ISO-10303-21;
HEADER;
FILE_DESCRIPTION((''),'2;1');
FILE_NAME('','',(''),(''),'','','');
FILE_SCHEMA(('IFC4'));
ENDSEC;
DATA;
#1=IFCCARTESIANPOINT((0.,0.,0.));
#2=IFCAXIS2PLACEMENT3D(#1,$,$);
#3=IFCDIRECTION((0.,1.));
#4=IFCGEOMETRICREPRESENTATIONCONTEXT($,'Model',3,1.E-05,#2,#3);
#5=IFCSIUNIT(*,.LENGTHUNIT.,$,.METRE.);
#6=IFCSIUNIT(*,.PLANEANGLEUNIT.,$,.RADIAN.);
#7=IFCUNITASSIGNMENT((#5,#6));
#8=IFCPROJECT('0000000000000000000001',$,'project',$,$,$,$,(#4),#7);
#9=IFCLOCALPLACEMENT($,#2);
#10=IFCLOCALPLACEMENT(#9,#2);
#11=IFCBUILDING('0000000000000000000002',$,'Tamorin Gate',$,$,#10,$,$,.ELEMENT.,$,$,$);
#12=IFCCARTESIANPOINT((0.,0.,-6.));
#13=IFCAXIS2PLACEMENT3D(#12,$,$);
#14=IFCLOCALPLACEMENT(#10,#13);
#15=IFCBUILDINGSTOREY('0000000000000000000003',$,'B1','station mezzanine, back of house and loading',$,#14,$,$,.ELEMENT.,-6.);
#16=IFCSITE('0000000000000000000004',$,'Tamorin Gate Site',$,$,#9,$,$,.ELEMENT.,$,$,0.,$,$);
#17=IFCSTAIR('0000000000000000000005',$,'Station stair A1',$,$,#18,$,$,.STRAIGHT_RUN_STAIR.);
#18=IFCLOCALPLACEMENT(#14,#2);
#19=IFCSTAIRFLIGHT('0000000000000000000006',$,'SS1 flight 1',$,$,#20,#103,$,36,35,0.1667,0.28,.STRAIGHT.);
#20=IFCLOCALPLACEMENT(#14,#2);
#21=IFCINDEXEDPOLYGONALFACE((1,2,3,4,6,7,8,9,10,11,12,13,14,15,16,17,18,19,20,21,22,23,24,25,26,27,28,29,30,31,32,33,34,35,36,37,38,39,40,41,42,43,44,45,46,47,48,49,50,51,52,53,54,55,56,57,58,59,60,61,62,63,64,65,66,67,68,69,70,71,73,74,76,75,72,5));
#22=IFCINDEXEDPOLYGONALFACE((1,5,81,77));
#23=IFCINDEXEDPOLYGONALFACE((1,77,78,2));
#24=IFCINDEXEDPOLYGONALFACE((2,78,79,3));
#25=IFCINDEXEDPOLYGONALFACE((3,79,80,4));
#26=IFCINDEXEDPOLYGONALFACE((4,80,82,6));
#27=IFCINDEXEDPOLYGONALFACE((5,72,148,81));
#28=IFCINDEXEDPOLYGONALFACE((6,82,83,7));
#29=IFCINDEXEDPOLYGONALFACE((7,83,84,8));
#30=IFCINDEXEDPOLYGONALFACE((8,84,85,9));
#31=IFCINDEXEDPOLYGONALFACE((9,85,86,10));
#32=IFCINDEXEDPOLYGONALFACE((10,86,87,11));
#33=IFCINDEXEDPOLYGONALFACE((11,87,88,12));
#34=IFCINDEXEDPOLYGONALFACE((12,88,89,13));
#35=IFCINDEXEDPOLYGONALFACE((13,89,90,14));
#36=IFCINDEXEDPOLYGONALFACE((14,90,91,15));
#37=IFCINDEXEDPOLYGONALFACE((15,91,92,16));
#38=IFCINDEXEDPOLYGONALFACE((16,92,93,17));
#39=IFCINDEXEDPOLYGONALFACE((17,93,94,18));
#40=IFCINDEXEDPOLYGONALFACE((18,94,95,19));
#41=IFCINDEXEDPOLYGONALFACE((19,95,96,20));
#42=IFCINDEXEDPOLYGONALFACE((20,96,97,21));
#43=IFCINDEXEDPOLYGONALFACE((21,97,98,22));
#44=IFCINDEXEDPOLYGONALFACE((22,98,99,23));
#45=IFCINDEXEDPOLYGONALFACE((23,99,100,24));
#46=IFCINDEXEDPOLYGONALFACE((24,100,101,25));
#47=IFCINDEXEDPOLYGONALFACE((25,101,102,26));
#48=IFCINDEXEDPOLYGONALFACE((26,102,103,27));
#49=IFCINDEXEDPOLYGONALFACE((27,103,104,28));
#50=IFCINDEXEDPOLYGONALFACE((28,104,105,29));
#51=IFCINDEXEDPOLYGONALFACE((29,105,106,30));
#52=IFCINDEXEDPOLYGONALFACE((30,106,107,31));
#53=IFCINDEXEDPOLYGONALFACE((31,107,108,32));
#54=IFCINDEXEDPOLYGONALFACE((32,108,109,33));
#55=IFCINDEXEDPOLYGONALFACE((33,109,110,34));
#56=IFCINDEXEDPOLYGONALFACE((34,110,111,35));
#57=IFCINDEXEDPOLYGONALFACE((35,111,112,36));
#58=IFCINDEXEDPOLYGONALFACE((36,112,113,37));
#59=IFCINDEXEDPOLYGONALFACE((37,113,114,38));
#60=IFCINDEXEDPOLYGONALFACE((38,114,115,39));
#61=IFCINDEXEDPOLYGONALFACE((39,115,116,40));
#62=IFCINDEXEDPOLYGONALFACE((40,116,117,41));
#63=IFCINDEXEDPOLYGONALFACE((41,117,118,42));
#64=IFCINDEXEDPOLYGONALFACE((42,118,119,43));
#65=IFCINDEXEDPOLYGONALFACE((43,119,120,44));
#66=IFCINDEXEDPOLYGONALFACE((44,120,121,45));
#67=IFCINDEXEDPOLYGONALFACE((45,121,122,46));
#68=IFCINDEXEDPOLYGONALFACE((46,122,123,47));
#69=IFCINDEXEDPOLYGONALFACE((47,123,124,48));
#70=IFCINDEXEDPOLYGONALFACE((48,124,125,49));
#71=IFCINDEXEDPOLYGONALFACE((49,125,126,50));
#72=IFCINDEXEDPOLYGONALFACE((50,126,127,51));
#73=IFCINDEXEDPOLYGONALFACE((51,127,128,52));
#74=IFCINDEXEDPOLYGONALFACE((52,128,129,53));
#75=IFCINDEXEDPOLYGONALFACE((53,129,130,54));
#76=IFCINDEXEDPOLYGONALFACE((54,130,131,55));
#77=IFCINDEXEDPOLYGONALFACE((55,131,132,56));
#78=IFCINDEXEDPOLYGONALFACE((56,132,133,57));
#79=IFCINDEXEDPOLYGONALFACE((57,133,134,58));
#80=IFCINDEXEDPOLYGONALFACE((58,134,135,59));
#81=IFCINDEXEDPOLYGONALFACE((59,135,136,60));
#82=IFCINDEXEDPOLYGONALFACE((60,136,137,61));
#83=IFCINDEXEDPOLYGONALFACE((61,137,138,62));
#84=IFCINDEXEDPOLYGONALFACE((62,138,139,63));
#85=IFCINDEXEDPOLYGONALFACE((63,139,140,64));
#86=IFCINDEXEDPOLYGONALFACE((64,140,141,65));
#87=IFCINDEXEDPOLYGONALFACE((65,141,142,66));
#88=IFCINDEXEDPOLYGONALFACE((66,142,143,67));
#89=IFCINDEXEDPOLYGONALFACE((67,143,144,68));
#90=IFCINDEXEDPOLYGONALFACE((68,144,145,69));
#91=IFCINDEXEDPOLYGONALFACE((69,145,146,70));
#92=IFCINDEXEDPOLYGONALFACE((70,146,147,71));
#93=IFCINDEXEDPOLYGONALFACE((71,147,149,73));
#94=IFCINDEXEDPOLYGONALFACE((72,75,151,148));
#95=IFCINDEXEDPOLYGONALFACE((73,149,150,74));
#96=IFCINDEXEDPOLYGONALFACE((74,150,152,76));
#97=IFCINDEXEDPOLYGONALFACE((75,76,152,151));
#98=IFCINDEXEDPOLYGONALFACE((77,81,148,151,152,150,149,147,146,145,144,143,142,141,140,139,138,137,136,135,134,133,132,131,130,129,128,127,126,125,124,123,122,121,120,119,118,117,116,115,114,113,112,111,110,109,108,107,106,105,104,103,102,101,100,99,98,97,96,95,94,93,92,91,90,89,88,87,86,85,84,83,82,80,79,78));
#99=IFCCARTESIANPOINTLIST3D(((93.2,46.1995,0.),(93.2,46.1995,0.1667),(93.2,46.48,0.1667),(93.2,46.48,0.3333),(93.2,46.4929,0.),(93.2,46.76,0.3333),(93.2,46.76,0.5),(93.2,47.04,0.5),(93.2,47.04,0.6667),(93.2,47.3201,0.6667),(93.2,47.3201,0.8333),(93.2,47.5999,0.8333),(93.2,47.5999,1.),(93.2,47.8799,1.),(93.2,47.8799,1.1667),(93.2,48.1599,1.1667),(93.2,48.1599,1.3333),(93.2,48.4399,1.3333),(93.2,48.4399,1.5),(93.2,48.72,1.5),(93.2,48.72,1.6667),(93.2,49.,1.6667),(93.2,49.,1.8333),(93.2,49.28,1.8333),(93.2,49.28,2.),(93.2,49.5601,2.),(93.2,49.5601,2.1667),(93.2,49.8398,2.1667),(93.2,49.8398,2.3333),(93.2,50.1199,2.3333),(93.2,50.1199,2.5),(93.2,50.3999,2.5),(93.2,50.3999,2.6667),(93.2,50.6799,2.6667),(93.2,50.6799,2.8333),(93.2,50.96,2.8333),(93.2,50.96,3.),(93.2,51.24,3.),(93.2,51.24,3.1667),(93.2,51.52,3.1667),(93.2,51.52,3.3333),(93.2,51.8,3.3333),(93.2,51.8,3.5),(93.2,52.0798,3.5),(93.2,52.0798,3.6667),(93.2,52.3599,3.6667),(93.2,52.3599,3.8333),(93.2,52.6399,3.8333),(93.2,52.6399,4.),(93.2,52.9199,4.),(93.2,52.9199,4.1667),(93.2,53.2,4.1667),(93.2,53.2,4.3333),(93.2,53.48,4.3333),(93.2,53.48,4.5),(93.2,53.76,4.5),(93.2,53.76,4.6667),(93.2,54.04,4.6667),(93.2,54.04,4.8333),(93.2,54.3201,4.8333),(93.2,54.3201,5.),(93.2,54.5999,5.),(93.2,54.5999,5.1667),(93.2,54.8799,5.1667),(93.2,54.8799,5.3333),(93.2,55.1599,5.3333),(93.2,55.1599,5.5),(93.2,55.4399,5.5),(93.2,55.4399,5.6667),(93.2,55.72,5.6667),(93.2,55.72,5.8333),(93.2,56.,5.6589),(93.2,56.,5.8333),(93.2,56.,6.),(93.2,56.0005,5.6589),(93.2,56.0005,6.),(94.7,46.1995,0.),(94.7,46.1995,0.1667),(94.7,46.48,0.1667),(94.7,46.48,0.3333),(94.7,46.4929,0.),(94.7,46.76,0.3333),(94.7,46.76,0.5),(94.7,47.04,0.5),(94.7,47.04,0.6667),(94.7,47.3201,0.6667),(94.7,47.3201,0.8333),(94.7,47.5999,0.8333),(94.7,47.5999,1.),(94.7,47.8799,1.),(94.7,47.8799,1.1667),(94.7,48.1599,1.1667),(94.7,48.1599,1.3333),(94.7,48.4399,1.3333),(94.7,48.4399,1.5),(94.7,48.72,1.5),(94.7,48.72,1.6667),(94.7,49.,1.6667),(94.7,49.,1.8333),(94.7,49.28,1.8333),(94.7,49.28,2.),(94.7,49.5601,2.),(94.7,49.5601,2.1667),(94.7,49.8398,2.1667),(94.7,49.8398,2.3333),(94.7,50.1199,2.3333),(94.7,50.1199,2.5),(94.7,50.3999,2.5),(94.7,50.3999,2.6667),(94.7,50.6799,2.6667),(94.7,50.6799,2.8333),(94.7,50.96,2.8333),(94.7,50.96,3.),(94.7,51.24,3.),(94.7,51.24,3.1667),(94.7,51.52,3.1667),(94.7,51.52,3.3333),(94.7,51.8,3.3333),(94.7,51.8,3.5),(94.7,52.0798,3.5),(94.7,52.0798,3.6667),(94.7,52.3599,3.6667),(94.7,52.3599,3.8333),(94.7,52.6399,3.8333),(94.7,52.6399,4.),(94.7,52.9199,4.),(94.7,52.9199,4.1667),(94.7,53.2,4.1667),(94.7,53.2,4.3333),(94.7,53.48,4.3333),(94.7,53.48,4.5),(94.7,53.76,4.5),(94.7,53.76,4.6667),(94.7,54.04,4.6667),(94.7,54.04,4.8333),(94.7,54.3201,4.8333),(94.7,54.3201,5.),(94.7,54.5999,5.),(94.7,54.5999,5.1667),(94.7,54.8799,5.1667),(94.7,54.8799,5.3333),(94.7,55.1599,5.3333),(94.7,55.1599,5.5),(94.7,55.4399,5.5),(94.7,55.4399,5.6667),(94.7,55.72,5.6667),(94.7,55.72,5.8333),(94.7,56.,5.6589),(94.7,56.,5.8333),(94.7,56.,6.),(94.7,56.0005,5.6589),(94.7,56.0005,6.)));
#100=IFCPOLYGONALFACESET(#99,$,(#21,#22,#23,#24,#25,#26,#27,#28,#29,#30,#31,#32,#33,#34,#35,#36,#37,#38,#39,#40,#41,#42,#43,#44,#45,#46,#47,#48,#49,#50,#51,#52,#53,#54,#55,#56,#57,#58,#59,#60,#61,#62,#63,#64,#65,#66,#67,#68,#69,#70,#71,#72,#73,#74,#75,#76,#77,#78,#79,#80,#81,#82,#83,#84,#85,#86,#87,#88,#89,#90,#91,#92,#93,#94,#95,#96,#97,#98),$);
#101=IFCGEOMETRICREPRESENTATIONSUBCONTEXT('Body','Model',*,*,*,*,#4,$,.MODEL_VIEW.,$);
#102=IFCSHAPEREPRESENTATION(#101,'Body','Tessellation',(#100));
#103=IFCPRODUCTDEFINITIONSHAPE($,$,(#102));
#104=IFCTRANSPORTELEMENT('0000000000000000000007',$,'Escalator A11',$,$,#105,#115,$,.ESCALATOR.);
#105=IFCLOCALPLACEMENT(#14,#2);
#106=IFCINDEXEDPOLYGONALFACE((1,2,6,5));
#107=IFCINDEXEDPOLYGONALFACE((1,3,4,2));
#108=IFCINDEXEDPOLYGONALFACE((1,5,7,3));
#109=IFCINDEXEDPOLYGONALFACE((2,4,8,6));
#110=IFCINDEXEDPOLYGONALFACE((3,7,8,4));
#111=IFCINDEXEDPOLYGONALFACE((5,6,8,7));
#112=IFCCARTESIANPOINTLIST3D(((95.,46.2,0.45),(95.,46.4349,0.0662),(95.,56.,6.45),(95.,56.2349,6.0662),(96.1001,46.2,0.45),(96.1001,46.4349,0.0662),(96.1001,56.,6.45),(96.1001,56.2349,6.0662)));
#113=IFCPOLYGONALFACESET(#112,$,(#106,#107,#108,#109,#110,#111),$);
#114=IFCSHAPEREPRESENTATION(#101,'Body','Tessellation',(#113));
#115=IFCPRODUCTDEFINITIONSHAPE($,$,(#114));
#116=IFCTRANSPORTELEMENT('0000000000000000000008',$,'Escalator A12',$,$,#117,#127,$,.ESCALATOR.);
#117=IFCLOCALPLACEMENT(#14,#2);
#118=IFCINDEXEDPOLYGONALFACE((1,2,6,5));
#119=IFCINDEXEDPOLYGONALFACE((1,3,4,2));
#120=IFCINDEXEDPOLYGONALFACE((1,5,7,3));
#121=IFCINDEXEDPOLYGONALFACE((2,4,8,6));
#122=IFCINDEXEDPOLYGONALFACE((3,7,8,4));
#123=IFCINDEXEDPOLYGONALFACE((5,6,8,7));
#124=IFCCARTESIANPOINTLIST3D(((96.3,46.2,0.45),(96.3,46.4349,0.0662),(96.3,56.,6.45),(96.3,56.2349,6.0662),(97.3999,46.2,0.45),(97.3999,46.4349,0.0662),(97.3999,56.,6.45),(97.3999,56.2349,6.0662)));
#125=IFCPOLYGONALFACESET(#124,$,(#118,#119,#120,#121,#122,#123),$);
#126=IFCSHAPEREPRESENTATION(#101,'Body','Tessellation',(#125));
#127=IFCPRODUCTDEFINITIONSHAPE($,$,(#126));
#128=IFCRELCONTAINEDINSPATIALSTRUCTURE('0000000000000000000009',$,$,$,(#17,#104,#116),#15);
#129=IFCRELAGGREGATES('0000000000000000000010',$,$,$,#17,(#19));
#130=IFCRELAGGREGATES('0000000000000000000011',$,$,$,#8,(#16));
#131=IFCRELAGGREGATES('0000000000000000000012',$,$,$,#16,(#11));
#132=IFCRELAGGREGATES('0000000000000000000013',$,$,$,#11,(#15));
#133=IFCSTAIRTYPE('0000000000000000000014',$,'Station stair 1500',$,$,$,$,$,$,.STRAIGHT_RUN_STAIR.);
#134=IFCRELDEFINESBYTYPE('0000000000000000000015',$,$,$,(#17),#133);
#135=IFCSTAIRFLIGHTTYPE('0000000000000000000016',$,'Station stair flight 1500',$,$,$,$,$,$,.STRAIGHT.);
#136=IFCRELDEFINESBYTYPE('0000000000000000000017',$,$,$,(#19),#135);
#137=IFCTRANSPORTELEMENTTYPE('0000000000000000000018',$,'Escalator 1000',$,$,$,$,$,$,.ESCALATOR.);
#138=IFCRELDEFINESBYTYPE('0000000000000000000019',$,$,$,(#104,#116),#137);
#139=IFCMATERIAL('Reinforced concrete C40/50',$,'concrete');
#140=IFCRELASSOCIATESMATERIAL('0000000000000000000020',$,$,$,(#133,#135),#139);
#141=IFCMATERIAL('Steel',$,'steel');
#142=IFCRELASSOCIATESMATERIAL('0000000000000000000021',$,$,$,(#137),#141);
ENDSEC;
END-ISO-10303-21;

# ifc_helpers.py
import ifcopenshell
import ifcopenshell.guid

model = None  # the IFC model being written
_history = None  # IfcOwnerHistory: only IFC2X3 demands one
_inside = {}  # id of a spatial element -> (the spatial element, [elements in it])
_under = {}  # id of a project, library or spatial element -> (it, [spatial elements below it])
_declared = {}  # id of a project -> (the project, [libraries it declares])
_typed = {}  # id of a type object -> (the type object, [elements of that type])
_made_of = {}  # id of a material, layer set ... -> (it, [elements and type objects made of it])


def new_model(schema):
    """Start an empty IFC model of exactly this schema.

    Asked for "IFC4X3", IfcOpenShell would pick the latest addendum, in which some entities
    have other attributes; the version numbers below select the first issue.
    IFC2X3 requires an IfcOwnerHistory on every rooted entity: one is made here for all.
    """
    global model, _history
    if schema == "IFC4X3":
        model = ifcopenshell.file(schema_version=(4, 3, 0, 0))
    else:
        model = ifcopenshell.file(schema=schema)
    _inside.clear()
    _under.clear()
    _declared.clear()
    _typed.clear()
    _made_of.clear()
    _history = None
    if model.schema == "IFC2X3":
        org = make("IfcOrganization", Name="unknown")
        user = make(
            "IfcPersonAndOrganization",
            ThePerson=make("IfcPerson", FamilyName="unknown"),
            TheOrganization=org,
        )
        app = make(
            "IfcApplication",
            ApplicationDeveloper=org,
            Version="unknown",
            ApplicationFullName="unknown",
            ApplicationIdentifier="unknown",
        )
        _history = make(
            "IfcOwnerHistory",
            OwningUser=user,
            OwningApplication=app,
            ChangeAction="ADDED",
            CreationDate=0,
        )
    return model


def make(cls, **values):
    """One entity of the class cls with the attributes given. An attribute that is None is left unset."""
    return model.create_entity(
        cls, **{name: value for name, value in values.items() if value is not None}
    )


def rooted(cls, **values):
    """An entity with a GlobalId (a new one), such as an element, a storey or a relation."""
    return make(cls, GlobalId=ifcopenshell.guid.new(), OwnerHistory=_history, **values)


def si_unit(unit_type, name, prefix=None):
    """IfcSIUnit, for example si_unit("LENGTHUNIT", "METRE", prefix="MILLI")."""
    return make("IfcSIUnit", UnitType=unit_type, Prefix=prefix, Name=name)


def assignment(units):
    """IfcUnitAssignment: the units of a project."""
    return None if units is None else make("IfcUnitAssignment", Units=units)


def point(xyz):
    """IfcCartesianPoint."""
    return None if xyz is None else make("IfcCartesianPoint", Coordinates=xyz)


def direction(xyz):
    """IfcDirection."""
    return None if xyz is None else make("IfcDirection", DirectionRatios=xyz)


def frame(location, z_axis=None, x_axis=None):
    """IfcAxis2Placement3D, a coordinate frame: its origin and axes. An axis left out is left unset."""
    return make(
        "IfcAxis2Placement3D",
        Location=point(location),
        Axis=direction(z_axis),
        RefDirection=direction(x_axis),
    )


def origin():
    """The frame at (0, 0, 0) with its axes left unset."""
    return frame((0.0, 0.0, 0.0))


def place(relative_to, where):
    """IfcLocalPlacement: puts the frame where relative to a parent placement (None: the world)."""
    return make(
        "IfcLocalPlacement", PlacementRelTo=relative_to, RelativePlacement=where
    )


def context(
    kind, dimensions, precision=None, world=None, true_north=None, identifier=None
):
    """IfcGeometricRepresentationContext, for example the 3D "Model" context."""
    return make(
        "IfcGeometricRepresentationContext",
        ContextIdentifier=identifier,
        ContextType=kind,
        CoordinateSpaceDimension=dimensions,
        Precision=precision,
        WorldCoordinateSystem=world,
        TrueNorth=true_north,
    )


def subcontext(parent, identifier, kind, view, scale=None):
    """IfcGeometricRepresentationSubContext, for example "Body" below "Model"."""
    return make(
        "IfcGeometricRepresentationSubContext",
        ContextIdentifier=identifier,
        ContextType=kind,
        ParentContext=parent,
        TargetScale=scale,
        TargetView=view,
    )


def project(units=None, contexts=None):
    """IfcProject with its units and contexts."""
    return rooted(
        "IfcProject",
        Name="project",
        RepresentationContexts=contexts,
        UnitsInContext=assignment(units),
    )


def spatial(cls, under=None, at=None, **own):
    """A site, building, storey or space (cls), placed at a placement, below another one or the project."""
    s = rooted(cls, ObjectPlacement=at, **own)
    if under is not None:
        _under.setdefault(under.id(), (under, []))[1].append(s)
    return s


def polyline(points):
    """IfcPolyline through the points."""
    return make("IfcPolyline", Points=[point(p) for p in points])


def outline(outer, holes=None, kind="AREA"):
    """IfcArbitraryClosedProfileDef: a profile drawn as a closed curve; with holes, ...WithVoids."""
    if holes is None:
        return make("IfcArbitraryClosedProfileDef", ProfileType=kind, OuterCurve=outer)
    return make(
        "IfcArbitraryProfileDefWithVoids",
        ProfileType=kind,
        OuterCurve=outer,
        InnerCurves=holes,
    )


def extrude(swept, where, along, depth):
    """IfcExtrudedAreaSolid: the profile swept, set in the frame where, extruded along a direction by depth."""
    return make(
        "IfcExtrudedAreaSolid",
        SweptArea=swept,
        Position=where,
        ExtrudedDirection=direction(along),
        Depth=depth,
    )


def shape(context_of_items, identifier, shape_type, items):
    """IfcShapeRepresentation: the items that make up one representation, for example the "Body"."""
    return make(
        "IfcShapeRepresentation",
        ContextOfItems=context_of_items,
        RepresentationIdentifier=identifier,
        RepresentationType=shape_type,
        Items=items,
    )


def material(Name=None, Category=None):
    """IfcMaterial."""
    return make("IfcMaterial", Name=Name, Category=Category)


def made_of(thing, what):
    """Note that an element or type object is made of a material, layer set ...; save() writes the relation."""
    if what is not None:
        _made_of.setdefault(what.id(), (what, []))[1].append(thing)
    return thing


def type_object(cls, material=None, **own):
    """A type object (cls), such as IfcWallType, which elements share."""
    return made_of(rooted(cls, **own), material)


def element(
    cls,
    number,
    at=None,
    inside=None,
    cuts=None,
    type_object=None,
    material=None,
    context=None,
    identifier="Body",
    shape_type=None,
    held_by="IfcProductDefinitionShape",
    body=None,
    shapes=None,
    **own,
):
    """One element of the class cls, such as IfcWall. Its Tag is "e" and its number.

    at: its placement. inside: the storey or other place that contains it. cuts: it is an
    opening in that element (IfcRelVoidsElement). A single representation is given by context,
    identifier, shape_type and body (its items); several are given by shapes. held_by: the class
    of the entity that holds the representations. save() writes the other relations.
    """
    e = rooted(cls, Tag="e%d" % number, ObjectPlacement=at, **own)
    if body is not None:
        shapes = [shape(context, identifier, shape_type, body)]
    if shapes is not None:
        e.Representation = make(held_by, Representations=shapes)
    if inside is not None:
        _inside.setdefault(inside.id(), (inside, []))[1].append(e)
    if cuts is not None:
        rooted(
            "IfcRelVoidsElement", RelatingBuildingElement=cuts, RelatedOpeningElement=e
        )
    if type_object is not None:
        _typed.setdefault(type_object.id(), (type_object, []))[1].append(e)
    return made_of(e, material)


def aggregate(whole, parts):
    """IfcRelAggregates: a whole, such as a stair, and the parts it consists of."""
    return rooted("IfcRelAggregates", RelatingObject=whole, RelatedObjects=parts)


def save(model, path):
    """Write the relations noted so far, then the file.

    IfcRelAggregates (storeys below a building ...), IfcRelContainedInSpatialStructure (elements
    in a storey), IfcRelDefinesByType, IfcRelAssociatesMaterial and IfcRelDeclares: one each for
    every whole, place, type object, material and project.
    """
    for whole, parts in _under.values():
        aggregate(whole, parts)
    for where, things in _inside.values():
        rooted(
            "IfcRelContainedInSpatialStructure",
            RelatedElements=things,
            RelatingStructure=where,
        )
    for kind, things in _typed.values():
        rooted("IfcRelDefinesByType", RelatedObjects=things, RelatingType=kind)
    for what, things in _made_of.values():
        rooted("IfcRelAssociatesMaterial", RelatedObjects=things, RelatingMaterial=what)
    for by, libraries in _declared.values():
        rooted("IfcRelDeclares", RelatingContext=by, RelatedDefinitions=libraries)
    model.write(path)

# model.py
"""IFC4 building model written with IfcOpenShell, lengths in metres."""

from ifc_helpers import new_model, si_unit, direction, frame, origin, place, context, subcontext, project, spatial, polyline, outline, extrude, material, type_object, element, aggregate, save


model = new_model("IFC4")

# Units and contexts
model_context = context("Model", 3, precision=1e-05, world=origin(), true_north=direction((0.0, 1.0)))
body_context = subcontext(model_context, "Body", "Model", "MODEL_VIEW")
ifc_project = project(units=[si_unit("LENGTHUNIT", "METRE"), si_unit("PLANEANGLEUNIT", "RADIAN")], contexts=[model_context])

# Site, building, storey
site_placement = place(None, origin())
site = spatial("IfcSite", under=ifc_project, at=site_placement, Name="Tamorin Gate Site", CompositionType="ELEMENT", RefElevation=0.0)
building_placement = place(site_placement, origin())
building = spatial("IfcBuilding", under=site, at=building_placement, Name="Tamorin Gate", CompositionType="ELEMENT")
storey_placement = place(building_placement, frame((0.0, 0.0, -6.0)))
storey = spatial("IfcBuildingStorey", under=building, at=storey_placement, Name="B1", Description="station mezzanine, back of house and loading", CompositionType="ELEMENT", Elevation=-6.0)

# Stair, stair flight
ifc_material_1 = material(Name="Reinforced concrete C40/50", Category="concrete")
stair_type = type_object("IfcStairType", Name="Station stair 1500", PredefinedType="STRAIGHT_RUN_STAIR", material=ifc_material_1)
stair_placement = place(storey_placement, origin())
stair = element("IfcStair", 1, at=stair_placement, inside=storey, type_object=stair_type, Name="Station stair A1", PredefinedType="STRAIGHT_RUN_STAIR")
stair_flight_type = type_object("IfcStairFlightType", Name="Station stair flight 1500", PredefinedType="STRAIGHT", material=ifc_material_1)
stair_flight_placement = place(storey_placement, frame((93.95, 46.2, 0.0), z_axis=(0.0, 0.0, 1.0), x_axis=(0.0, 1.0, 0.0)))
stair_flight = element("IfcStairFlight", 2, at=stair_flight_placement, type_object=stair_flight_type, Name="SS1 flight 1", NumberOfRisers=36, NumberOfTreads=35, PredefinedType="STRAIGHT", RiserHeight=0.1667, TreadLength=0.28, context=body_context, shape_type="SweptSolid", body=[
    extrude(outline(polyline([(-0.0005, 0.0), (-0.0005, 0.1667), (0.28, 0.1667), (0.28, 0.3333), (0.5601, 0.3333), (0.5601, 0.5), (0.8401, 0.5), (0.8401, 0.6667), (1.1201, 0.6667), (1.1201, 0.8333), (1.3999, 0.8333), (1.3999, 1.0), (1.6799, 1.0), (1.6799, 1.1667), (1.96, 1.1667), (1.96, 1.3333), (2.24, 1.3333), (2.24, 1.5), (2.52, 1.5), (2.52, 1.6667), (2.8, 1.6667), (2.8, 1.8333), (3.0801, 1.8333), (3.0801, 2.0), (3.3601, 2.0), (3.3601, 2.1667), (3.6399, 2.1667), (3.6399, 2.3333), (3.9199, 2.3333), (3.9199, 2.5), (4.2, 2.5), (4.2, 2.6667), (4.48, 2.6667), (4.48, 2.8333), (4.76, 2.8333), (4.76, 3.0), (5.04, 3.0), (5.04, 3.1667), (5.3201, 3.1667), (5.3201, 3.3333), (5.6001, 3.3333), (5.6001, 3.5), (5.8799, 3.5), (5.8799, 3.6667), (6.1599, 3.6667), (6.1599, 3.8333), (6.4399, 3.8333), (6.4399, 4.0), (6.72, 4.0), (6.72, 4.1667), (7.0, 4.1667), (7.0, 4.3333), (7.28, 4.3333), (7.28, 4.5), (7.5601, 4.5), (7.5601, 4.6667), (7.8401, 4.6667), (7.8401, 4.8333), (8.1201, 4.8333), (8.1201, 5.0), (8.3999, 5.0), (8.3999, 5.1667), (8.6799, 5.1667), (8.6799, 5.3333), (8.96, 5.3333), (8.96, 5.5), (9.24, 5.5), (9.24, 5.6667), (9.52, 5.6667), (9.52, 5.8333), (9.8, 5.8333), (9.8, 6.0), (9.8005, 6.0), (9.8005, 5.6589), (9.8, 5.6589), (0.293, 0.0), (-0.0005, 0.0)])), frame((0.0, 0.75, 0.0), z_axis=(0.0, -1.0, 0.0), x_axis=(1.0, 0.0, 0.0)), (0.0, 0.0, 1.0), 1.5),
])
aggregate(stair, [stair_flight])

# Shared definitions
ifc_material_2 = material(Name="Steel", Category="steel")

# Transport elements
transport_element_type = type_object("IfcTransportElementType", Name="Escalator 1000", PredefinedType="ESCALATOR", material=ifc_material_2)
transport_element_1_placement = place(storey_placement, frame((95.0, 46.2, 0.45), z_axis=(0.0, -0.522152, 0.852852), x_axis=(1.0, 0.0, 0.0)))
element("IfcTransportElement", 3, at=transport_element_1_placement, inside=storey, type_object=transport_element_type, Name="Escalator A11", PredefinedType="ESCALATOR", context=body_context, shape_type="SweptSolid", body=[
    extrude(outline(polyline([(0.0, 0.0), (1.1001, 0.0), (1.1001, 11.4909), (0.0, 11.4909), (0.0, 0.0)])), origin(), (0.0, 0.0, -1.0), 0.45),
])
transport_element_2_placement = place(storey_placement, frame((96.3, 46.2, 0.45), z_axis=(0.0, -0.522152, 0.852852), x_axis=(1.0, 0.0, 0.0)))
element("IfcTransportElement", 4, at=transport_element_2_placement, inside=storey, type_object=transport_element_type, Name="Escalator A12", PredefinedType="ESCALATOR", context=body_context, shape_type="SweptSolid", body=[
    extrude(outline(polyline([(0.0, 0.0), (1.0999, 0.0), (1.0999, 11.4909), (0.0, 11.4909), (0.0, 0.0)])), origin(), (0.0, 0.0, -1.0), 0.45),
])

save(model, "model.ifc")
